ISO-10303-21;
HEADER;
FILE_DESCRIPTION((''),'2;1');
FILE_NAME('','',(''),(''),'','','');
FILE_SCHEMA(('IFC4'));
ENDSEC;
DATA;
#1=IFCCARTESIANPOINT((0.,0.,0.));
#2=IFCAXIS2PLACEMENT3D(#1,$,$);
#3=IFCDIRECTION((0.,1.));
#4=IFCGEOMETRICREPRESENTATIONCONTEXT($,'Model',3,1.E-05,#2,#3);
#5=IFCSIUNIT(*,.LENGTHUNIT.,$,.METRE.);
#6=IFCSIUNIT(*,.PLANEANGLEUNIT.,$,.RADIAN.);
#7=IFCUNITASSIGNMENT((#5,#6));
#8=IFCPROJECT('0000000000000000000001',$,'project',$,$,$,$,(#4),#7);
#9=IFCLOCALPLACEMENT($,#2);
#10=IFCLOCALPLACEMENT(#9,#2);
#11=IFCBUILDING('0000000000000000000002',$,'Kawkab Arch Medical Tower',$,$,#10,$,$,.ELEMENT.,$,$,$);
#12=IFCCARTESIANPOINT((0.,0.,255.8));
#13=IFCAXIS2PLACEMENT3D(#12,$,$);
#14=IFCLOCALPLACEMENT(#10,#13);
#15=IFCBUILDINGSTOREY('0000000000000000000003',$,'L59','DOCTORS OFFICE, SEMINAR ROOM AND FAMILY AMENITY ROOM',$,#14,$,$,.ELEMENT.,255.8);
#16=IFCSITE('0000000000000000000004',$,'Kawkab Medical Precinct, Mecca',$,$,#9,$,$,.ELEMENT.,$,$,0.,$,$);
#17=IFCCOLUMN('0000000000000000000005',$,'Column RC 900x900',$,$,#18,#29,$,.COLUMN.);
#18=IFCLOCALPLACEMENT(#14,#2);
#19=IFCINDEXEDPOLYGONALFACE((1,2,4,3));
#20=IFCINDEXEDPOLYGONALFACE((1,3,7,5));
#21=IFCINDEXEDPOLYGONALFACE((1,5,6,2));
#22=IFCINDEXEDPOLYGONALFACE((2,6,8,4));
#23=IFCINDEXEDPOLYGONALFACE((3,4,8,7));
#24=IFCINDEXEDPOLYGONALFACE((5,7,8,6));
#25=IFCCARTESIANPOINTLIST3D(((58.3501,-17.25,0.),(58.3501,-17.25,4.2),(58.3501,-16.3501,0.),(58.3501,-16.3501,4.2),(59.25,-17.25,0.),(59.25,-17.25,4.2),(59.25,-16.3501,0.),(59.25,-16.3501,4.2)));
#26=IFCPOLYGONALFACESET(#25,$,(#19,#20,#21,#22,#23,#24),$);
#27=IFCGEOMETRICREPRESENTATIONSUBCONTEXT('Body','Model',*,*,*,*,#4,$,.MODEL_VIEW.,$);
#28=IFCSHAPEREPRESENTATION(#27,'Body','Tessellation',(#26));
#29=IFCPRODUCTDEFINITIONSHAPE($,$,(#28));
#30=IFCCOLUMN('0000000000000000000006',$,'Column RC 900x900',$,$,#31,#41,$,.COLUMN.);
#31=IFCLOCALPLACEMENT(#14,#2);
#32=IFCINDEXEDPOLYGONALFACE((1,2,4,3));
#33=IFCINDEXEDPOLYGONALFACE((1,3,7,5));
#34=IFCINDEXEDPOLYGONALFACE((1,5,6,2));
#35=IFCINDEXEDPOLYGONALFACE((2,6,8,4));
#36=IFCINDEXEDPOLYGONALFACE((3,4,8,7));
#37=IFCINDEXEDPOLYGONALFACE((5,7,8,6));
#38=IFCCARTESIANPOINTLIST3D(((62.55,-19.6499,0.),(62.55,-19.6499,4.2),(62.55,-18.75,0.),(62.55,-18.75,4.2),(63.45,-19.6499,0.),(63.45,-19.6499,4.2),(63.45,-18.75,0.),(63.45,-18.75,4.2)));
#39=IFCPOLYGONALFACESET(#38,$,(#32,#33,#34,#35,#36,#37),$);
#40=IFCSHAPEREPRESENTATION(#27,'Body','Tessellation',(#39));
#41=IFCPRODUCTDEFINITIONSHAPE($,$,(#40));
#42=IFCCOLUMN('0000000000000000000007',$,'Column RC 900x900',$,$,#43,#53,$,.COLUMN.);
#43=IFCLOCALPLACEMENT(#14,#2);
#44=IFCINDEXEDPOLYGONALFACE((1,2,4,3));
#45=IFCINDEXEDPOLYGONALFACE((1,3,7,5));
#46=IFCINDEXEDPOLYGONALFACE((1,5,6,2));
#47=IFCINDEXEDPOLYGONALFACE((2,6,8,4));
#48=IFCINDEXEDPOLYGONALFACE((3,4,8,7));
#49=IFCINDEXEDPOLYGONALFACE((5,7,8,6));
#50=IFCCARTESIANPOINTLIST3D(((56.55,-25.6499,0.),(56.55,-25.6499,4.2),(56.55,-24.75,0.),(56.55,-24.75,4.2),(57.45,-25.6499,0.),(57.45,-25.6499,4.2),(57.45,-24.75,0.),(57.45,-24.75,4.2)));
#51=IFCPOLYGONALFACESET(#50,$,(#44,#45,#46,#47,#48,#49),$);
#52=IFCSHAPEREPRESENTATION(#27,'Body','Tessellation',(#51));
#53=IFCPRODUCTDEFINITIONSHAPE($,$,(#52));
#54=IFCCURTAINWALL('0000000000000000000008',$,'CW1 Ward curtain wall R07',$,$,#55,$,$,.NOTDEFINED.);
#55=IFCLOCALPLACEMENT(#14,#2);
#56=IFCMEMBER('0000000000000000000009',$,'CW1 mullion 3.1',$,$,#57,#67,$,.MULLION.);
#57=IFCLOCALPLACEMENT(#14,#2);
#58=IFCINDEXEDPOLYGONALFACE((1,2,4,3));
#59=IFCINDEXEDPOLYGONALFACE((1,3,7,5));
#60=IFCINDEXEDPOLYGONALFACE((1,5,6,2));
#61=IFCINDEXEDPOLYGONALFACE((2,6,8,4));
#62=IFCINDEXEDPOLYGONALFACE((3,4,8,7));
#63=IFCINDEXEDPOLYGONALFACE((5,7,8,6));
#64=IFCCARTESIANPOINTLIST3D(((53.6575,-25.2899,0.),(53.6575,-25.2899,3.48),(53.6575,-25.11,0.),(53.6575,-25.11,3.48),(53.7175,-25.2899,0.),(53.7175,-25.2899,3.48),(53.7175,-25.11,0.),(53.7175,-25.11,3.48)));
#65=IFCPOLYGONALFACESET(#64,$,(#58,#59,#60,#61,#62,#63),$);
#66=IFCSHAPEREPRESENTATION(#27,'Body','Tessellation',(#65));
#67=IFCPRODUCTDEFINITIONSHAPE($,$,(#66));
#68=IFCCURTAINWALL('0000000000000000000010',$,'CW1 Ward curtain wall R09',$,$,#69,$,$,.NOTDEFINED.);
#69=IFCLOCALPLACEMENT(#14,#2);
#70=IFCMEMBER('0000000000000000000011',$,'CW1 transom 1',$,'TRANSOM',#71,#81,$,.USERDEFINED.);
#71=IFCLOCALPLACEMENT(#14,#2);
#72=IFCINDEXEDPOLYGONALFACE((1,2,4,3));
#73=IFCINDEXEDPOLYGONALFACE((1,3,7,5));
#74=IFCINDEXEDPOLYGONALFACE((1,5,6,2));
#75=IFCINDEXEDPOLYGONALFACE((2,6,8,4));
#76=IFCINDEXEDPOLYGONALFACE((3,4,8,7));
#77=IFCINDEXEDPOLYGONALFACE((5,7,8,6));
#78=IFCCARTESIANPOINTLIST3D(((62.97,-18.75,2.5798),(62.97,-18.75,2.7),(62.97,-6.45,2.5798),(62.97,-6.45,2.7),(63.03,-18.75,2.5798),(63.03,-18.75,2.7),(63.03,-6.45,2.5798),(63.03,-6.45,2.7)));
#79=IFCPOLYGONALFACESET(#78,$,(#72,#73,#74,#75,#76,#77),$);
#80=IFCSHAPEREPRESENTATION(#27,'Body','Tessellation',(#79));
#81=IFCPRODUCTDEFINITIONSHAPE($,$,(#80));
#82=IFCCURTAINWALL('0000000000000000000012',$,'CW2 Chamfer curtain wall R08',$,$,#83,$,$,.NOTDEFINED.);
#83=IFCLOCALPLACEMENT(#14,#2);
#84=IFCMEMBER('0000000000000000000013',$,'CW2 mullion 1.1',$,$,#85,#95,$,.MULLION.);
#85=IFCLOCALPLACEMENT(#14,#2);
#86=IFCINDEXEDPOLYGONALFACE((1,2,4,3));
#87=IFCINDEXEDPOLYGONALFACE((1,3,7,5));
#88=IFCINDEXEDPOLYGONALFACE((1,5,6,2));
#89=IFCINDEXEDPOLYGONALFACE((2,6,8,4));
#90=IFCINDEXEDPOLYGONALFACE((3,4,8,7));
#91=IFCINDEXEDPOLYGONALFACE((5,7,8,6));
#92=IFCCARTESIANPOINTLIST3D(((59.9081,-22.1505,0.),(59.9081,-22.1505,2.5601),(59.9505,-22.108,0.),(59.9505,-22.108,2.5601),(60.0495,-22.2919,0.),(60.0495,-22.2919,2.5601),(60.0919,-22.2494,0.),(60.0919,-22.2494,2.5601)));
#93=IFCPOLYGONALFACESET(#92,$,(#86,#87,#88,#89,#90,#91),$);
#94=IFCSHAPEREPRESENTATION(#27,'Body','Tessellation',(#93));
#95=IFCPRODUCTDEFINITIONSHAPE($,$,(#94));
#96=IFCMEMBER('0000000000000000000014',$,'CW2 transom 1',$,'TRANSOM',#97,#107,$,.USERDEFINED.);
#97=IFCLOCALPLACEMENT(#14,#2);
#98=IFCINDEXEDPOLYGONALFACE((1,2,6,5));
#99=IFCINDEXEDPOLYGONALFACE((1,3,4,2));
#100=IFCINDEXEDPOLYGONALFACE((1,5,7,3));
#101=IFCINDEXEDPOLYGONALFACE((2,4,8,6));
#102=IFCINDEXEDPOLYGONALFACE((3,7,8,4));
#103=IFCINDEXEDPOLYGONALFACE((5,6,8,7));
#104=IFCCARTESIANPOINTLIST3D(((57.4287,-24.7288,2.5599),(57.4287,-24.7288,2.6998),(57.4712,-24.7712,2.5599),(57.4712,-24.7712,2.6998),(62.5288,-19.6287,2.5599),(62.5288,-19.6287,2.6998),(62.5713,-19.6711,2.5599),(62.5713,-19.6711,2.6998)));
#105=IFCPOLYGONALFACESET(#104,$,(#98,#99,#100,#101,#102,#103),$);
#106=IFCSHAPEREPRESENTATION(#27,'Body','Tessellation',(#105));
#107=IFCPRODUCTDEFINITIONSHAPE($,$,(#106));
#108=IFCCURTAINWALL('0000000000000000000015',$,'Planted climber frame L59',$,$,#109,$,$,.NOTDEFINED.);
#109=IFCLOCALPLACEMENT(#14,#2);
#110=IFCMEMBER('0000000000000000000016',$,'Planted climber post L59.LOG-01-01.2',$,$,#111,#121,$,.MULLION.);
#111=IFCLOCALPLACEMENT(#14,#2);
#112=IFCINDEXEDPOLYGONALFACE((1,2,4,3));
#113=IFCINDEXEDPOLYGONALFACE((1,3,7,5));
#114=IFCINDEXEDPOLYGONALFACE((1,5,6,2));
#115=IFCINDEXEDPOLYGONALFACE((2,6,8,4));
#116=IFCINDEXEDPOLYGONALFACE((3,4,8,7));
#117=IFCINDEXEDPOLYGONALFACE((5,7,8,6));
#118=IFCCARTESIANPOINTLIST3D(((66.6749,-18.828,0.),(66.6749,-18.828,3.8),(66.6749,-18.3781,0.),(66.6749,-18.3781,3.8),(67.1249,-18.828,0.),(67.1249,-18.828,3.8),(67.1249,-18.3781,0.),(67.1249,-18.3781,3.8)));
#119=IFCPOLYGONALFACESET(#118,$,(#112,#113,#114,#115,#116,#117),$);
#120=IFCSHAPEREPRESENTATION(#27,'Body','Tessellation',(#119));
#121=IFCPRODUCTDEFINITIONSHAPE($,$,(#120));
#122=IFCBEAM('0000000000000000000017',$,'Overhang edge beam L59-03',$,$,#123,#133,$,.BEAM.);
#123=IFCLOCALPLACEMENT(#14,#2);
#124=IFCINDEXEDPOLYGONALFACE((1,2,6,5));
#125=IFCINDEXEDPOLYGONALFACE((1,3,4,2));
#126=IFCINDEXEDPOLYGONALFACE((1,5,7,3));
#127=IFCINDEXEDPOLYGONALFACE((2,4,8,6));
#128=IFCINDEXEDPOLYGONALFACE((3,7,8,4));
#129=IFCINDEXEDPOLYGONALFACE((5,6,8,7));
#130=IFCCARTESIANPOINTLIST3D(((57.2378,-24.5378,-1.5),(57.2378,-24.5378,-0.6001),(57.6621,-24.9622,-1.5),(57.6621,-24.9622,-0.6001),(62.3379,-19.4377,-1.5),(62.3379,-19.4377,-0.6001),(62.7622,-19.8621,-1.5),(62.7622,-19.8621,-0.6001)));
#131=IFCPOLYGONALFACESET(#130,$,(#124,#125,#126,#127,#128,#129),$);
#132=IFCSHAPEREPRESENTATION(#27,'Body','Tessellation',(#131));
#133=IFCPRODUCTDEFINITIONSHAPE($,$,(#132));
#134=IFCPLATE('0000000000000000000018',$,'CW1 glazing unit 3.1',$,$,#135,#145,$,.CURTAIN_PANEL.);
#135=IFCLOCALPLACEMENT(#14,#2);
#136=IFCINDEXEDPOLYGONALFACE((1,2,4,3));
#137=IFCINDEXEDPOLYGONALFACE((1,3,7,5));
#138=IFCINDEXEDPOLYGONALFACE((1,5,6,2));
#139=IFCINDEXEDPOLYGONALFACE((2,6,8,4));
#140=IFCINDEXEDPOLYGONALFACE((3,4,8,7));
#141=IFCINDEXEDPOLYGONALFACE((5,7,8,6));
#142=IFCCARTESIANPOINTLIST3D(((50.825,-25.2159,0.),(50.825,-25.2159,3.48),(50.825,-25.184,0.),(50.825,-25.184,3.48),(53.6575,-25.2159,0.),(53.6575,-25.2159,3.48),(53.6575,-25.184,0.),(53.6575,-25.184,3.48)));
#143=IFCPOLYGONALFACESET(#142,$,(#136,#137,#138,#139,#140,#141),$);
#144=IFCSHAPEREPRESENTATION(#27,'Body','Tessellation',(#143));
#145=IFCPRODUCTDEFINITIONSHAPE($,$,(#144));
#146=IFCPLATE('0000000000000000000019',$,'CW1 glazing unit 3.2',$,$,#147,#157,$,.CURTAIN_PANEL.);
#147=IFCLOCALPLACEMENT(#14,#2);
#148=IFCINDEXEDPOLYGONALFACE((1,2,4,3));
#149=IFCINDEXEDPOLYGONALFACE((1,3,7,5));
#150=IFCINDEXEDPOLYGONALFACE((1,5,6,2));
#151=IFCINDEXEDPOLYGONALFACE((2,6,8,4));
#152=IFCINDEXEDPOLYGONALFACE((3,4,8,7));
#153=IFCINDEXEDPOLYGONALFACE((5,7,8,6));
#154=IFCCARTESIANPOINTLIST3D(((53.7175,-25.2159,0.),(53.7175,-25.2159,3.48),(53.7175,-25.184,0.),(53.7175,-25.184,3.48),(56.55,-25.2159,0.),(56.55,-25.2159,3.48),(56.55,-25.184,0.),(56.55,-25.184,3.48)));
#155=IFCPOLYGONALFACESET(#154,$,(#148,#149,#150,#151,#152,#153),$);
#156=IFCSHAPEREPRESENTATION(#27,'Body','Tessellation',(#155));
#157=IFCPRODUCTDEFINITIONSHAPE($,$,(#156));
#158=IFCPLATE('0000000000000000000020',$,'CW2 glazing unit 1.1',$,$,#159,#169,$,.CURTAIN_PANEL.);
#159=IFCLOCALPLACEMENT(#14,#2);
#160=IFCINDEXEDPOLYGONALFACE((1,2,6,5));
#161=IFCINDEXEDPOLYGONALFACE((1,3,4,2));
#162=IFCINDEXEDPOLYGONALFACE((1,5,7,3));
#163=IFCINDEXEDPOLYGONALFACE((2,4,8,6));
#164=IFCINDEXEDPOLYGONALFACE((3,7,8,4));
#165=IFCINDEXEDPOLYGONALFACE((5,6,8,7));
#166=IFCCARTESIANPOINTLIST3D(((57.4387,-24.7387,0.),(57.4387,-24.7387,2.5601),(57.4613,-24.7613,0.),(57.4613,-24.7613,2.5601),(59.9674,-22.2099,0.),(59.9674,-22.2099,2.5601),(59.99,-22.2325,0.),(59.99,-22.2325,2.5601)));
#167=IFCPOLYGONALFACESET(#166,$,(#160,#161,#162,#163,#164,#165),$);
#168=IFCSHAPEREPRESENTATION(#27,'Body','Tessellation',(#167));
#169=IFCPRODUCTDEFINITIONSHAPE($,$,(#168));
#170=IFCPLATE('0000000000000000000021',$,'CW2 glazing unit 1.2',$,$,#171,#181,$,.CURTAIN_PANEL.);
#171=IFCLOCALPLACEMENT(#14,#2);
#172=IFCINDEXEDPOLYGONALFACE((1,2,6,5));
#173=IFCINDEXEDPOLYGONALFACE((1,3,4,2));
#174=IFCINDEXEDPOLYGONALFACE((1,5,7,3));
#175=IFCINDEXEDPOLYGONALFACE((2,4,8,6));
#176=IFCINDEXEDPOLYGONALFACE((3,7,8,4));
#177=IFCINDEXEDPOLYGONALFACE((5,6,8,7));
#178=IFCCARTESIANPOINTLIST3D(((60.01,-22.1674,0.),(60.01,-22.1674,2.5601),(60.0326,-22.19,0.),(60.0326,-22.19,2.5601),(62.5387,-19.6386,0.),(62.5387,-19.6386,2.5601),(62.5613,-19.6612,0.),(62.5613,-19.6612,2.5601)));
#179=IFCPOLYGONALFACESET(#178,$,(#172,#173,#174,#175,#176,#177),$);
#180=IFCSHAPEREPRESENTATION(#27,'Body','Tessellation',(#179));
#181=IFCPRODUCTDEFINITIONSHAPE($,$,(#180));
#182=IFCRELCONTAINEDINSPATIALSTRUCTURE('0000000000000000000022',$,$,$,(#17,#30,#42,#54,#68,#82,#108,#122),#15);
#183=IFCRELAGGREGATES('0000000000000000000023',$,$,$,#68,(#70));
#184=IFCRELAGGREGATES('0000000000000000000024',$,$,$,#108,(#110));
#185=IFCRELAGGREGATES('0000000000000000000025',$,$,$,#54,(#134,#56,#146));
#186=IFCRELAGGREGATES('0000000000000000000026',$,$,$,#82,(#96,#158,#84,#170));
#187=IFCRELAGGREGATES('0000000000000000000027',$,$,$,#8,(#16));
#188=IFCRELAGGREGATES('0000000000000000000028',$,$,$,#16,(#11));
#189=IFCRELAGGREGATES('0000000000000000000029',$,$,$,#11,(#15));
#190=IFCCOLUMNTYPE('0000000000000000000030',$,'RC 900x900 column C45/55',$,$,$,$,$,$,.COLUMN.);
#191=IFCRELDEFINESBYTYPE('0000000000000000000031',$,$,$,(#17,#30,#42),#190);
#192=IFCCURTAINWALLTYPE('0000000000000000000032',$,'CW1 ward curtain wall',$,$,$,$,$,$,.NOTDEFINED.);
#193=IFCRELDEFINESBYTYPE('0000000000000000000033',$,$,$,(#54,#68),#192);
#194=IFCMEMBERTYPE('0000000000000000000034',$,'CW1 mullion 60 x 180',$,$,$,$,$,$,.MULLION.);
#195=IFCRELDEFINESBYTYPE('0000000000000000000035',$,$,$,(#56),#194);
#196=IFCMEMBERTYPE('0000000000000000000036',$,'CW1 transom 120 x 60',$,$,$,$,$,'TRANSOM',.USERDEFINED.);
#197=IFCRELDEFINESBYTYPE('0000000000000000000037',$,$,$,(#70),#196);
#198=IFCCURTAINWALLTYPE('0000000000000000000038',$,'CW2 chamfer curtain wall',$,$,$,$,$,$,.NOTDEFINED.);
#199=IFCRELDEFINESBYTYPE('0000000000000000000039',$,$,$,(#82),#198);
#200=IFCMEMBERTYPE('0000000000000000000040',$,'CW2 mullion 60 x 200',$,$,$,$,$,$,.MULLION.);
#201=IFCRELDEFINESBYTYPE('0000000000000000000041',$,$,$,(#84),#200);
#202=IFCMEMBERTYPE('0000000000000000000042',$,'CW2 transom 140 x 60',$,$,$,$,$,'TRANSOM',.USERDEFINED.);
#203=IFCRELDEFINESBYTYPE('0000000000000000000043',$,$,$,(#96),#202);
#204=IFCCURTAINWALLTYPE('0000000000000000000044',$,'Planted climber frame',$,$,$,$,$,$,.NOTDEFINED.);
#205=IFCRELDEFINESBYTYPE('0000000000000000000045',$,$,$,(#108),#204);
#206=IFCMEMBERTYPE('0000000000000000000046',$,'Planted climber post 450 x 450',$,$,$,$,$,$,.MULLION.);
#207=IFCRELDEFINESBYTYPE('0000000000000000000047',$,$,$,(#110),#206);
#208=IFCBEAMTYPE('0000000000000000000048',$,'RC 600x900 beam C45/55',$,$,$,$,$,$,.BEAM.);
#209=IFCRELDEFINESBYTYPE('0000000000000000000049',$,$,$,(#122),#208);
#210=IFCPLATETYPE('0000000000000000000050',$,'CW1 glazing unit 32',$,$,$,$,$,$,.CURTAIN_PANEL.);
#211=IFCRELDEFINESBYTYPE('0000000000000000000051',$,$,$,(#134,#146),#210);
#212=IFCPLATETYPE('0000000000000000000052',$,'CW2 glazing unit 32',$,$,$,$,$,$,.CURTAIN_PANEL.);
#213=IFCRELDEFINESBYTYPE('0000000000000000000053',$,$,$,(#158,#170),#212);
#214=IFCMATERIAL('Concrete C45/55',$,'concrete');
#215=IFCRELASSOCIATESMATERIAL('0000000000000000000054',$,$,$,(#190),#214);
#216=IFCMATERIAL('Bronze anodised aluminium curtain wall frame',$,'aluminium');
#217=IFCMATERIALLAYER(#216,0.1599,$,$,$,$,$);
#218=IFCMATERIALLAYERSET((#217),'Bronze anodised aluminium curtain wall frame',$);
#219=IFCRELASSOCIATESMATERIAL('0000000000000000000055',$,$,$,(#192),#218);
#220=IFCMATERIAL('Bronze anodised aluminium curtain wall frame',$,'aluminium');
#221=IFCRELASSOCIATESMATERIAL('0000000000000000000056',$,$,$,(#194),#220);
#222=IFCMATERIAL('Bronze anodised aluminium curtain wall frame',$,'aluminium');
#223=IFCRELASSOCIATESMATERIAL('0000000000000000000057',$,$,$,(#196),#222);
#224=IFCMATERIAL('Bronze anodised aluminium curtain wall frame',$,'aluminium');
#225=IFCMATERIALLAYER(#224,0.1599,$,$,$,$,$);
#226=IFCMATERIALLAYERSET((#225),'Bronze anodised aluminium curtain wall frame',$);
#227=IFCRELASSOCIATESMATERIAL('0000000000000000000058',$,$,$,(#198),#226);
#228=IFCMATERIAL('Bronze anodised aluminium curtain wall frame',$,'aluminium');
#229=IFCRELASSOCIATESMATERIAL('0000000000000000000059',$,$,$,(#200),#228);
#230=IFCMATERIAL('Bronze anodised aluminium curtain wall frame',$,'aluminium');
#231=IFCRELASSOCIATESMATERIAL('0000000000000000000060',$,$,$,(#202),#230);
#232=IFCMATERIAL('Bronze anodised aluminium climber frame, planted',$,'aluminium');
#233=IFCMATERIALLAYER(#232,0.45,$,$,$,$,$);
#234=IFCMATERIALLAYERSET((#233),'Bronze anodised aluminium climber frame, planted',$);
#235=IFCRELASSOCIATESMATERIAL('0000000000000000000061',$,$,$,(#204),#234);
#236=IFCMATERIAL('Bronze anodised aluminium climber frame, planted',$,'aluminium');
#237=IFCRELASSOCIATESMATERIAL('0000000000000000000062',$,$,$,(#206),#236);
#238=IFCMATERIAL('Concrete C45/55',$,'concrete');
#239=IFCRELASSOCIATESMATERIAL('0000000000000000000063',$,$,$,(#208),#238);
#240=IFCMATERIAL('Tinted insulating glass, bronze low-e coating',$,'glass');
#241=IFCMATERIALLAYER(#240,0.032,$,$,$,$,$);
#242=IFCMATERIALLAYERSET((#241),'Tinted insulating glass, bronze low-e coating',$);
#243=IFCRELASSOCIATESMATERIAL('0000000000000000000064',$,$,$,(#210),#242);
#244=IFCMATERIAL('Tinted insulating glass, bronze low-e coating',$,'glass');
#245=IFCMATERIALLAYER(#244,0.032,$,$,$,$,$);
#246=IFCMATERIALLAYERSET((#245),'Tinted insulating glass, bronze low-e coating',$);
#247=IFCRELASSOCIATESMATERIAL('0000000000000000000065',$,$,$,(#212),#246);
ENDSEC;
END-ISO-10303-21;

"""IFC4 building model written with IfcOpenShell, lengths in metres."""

from ifc_helpers import new_model, si_unit, direction, frame, origin, origin_2d, place, context, subcontext, project, spatial, rectangle, extrude, material, layer, layer_set, material_profile, profile_set, type_object, element, aggregate, save


model = new_model("IFC4")

# Units and contexts
model_context = context("Model", 3, precision=1e-05, world=origin(), true_north=direction((0.0, 1.0)))
body_context = subcontext(model_context, "Body", "Model", "MODEL_VIEW")
ifc_project = project(units=[si_unit("LENGTHUNIT", "METRE"), si_unit("PLANEANGLEUNIT", "RADIAN")], contexts=[model_context])

# Site, building, storey
site_placement = place(None, origin())
site = spatial("IfcSite", under=ifc_project, at=site_placement, Name="Kawkab Medical Precinct, Mecca", CompositionType="ELEMENT", RefElevation=0.0)
building_placement = place(site_placement, origin())
building = spatial("IfcBuilding", under=site, at=building_placement, Name="Kawkab Arch Medical Tower", CompositionType="ELEMENT")
storey_placement = place(building_placement, frame((0.0, 0.0, 255.8)))
storey = spatial("IfcBuildingStorey", under=building, at=storey_placement, Name="L59", Description="DOCTORS OFFICE, SEMINAR ROOM AND FAMILY AMENITY ROOM", CompositionType="ELEMENT", Elevation=255.8)

# Columns
ifc_material_1 = material(Name="Concrete C45/55", Category="concrete")
ifc_material_profile_1 = material_profile(ifc_material_1, rectangle(XDim=0.8999, YDim=0.8999, at=origin_2d()), Name="RC 900x900")
ifc_profile_set_1 = profile_set([ifc_material_profile_1], Name="Concrete C45/55")
column_type = type_object("IfcColumnType", Name="RC 900x900 column C45/55", PredefinedType="COLUMN", material=ifc_profile_set_1)
for number, where, z_axis, x_axis, name in (
    (1, (58.8, -16.8, 0.0), (0.0, 0.0, 1.0), (1.0, 0.0, 0.0), "Column RC 900x900"),
    (2, (63.0, -19.2, 0.0), (0.0, 0.0, 1.0), (1.0, 0.0, 0.0), "Column RC 900x900"),
    (3, (57.0, -25.2, 0.0), (0.0, 0.0, 1.0), (1.0, 0.0, 0.0), "Column RC 900x900"),
):
    element("IfcColumn", number, at=place(storey_placement, frame(where, z_axis=z_axis, x_axis=x_axis)), inside=storey, type_object=column_type, Name=name, PredefinedType="COLUMN", context=body_context, shape_type="SweptSolid", body=[
        extrude(rectangle(XDim=0.8999, YDim=0.8999, at=origin_2d()), origin(), (0.0, 0.0, 1.0), 4.2),
    ])

# Curtain walls, members
ifc_material_2 = material(Name="Bronze anodised aluminium curtain wall frame", Category="aluminium")
ifc_layer_1 = layer(ifc_material_2, 0.1599)
ifc_layer_set_1 = layer_set([ifc_layer_1], Name="Bronze anodised aluminium curtain wall frame")
curtain_wall_type_1 = type_object("IfcCurtainWallType", Name="CW1 ward curtain wall", PredefinedType="NOTDEFINED", material=ifc_layer_set_1)
placement = place(storey_placement, origin())
curtain_wall_1 = element("IfcCurtainWall", 4, at=placement, inside=storey, type_object=curtain_wall_type_1, Name="CW1 Ward curtain wall R07", PredefinedType="NOTDEFINED")
ifc_material_3 = material(Name="Bronze anodised aluminium curtain wall frame", Category="aluminium")
ifc_material_profile_2 = material_profile(ifc_material_3, rectangle(XDim=0.1799, YDim=0.0601, at=origin_2d()), Name="AL 60x180")
ifc_profile_set_2 = profile_set([ifc_material_profile_2], Name="Bronze anodised aluminium curtain wall frame")
member_type_1 = type_object("IfcMemberType", Name="CW1 mullion 60 x 180", PredefinedType="MULLION", material=ifc_profile_set_2)
member_1_placement = place(storey_placement, frame((53.6875, -25.2, 0.0), z_axis=(0.0, 0.0, 1.0), x_axis=(0.0, 1.0, 0.0)))
member_1 = element("IfcMember", 5, at=member_1_placement, type_object=member_type_1, Name="CW1 mullion 3.1", PredefinedType="MULLION", context=body_context, shape_type="SweptSolid", body=[
    extrude(rectangle(XDim=0.1799, YDim=0.0601, at=origin_2d()), origin(), (0.0, 0.0, 1.0), 3.48),
])
curtain_wall_2 = element("IfcCurtainWall", 6, at=placement, inside=storey, type_object=curtain_wall_type_1, Name="CW1 Ward curtain wall R09", PredefinedType="NOTDEFINED")
ifc_material_4 = material(Name="Bronze anodised aluminium curtain wall frame", Category="aluminium")
ifc_material_profile_3 = material_profile(ifc_material_4, rectangle(XDim=0.0601, YDim=0.1201, at=origin_2d()), Name="AL 60x120")
ifc_profile_set_3 = profile_set([ifc_material_profile_3], Name="Bronze anodised aluminium curtain wall frame")
member_type_2 = type_object("IfcMemberType", Name="CW1 transom 120 x 60", ElementType="TRANSOM", PredefinedType="USERDEFINED", material=ifc_profile_set_3)
member_2_placement = place(storey_placement, frame((63.0, -18.75, 2.6399), z_axis=(0.0, 1.0, 0.0), x_axis=(-1.0, 0.0, 0.0)))
member_2 = element("IfcMember", 7, at=member_2_placement, type_object=member_type_2, Name="CW1 transom 1", ObjectType="TRANSOM", PredefinedType="USERDEFINED", context=body_context, shape_type="SweptSolid", body=[
    extrude(rectangle(XDim=0.0601, YDim=0.1201, at=origin_2d()), origin(), (0.0, 0.0, 1.0), 12.3),
])
aggregate(curtain_wall_2, [member_2])

# Curtain wall, members
ifc_material_5 = material(Name="Bronze anodised aluminium curtain wall frame", Category="aluminium")
ifc_layer_2 = layer(ifc_material_5, 0.1599)
ifc_layer_set_2 = layer_set([ifc_layer_2], Name="Bronze anodised aluminium curtain wall frame")
curtain_wall_type_2 = type_object("IfcCurtainWallType", Name="CW2 chamfer curtain wall", PredefinedType="NOTDEFINED", material=ifc_layer_set_2)
curtain_wall_3 = element("IfcCurtainWall", 8, at=placement, inside=storey, type_object=curtain_wall_type_2, Name="CW2 Chamfer curtain wall R08", PredefinedType="NOTDEFINED")
ifc_material_6 = material(Name="Bronze anodised aluminium curtain wall frame", Category="aluminium")
ifc_material_profile_4 = material_profile(ifc_material_6, rectangle(XDim=0.2, YDim=0.0601, at=origin_2d()), Name="AL 60x200")
ifc_profile_set_4 = profile_set([ifc_material_profile_4], Name="Bronze anodised aluminium curtain wall frame")
member_type_3 = type_object("IfcMemberType", Name="CW2 mullion 60 x 200", PredefinedType="MULLION", material=ifc_profile_set_4)
member_3_placement = place(storey_placement, frame((60.0, -22.2, 0.0), z_axis=(0.0, 0.0, 1.0), x_axis=(-0.707107, 0.707107, 0.0)))
member_3 = element("IfcMember", 9, at=member_3_placement, type_object=member_type_3, Name="CW2 mullion 1.1", PredefinedType="MULLION", context=body_context, shape_type="SweptSolid", body=[
    extrude(rectangle(XDim=0.2, YDim=0.0601, at=origin_2d()), origin(), (0.0, 0.0, 1.0), 2.5601),
])
ifc_material_7 = material(Name="Bronze anodised aluminium curtain wall frame", Category="aluminium")
ifc_material_profile_5 = material_profile(ifc_material_7, rectangle(XDim=0.0601, YDim=0.1399, at=origin_2d()), Name="AL 60x140")
ifc_profile_set_5 = profile_set([ifc_material_profile_5], Name="Bronze anodised aluminium curtain wall frame")
member_type_4 = type_object("IfcMemberType", Name="CW2 transom 140 x 60", ElementType="TRANSOM", PredefinedType="USERDEFINED", material=ifc_profile_set_5)
member_4_placement = place(storey_placement, frame((57.45, -24.75, 2.6299), z_axis=(0.707107, 0.707107, 0.0), x_axis=(-0.707107, 0.707107, 0.0)))
member_4 = element("IfcMember", 10, at=member_4_placement, type_object=member_type_4, Name="CW2 transom 1", ObjectType="TRANSOM", PredefinedType="USERDEFINED", context=body_context, shape_type="SweptSolid", body=[
    extrude(rectangle(XDim=0.0601, YDim=0.1399, at=origin_2d()), origin(), (0.0, 0.0, 1.0), 7.2126),
])

# Curtain wall, member
ifc_material_8 = material(Name="Bronze anodised aluminium climber frame, planted", Category="aluminium")
ifc_layer_3 = layer(ifc_material_8, 0.45)
ifc_layer_set_3 = layer_set([ifc_layer_3], Name="Bronze anodised aluminium climber frame, planted")
curtain_wall_type_3 = type_object("IfcCurtainWallType", Name="Planted climber frame", PredefinedType="NOTDEFINED", material=ifc_layer_set_3)
curtain_wall_4 = element("IfcCurtainWall", 11, at=placement, inside=storey, type_object=curtain_wall_type_3, Name="Planted climber frame L59", PredefinedType="NOTDEFINED")
ifc_material_9 = material(Name="Bronze anodised aluminium climber frame, planted", Category="aluminium")
ifc_material_profile_6 = material_profile(ifc_material_9, rectangle(XDim=0.45, YDim=0.45, at=origin_2d()), Name="Post 450x450")
ifc_profile_set_6 = profile_set([ifc_material_profile_6], Name="Bronze anodised aluminium climber frame, planted")
member_type_5 = type_object("IfcMemberType", Name="Planted climber post 450 x 450", PredefinedType="MULLION", material=ifc_profile_set_6)
member_5_placement = place(storey_placement, frame((66.8999, -18.603, 0.0), z_axis=(0.0, 0.0, 1.0), x_axis=(1.0, 0.0, 0.0)))
member_5 = element("IfcMember", 12, at=member_5_placement, type_object=member_type_5, Name="Planted climber post L59.LOG-01-01.2", PredefinedType="MULLION", context=body_context, shape_type="SweptSolid", body=[
    extrude(rectangle(XDim=0.45, YDim=0.45, at=origin_2d()), origin(), (0.0, 0.0, 1.0), 3.8),
])
aggregate(curtain_wall_4, [member_5])

# Beam
ifc_material_10 = material(Name="Concrete C45/55", Category="concrete")
ifc_material_profile_7 = material_profile(ifc_material_10, rectangle(XDim=0.6001, YDim=0.8999, at=origin_2d()), Name="RC 600x900")
ifc_profile_set_7 = profile_set([ifc_material_profile_7], Name="Concrete C45/55")
beam_type = type_object("IfcBeamType", Name="RC 600x900 beam C45/55", PredefinedType="BEAM", material=ifc_profile_set_7)
beam_placement = place(storey_placement, frame((62.55, -19.6499, -1.05), z_axis=(-0.707107, -0.707107, 0.0), x_axis=(0.707107, -0.707107, 0.0)))
element("IfcBeam", 13, at=beam_placement, inside=storey, type_object=beam_type, Name="Overhang edge beam L59-03", PredefinedType="BEAM", context=body_context, shape_type="SweptSolid", body=[
    extrude(rectangle(XDim=0.6001, YDim=0.8999, at=origin_2d()), origin(), (0.0, 0.0, 1.0), 7.2126),
])

# Plates
ifc_material_11 = material(Name="Tinted insulating glass, bronze low-e coating", Category="glass")
ifc_layer_4 = layer(ifc_material_11, 0.032)
ifc_layer_set_4 = layer_set([ifc_layer_4], Name="Tinted insulating glass, bronze low-e coating")
plate_type_1 = type_object("IfcPlateType", Name="CW1 glazing unit 32", PredefinedType="CURTAIN_PANEL", material=ifc_layer_set_4)
plate_1_placement = place(storey_placement, frame((52.2412, -25.2, 0.0), z_axis=(0.0, 0.0, 1.0), x_axis=(1.0, 0.0, 0.0)))
plate_1 = element("IfcPlate", 14, at=plate_1_placement, type_object=plate_type_1, Name="CW1 glazing unit 3.1", PredefinedType="CURTAIN_PANEL", context=body_context, shape_type="SweptSolid", body=[
    extrude(rectangle(XDim=2.8325, YDim=0.032, at=origin_2d()), origin(), (0.0, 0.0, 1.0), 3.48),
])
plate_2_placement = place(storey_placement, frame((55.1338, -25.2, 0.0), z_axis=(0.0, 0.0, 1.0), x_axis=(1.0, 0.0, 0.0)))
plate_2 = element("IfcPlate", 15, at=plate_2_placement, type_object=plate_type_1, Name="CW1 glazing unit 3.2", PredefinedType="CURTAIN_PANEL", context=body_context, shape_type="SweptSolid", body=[
    extrude(rectangle(XDim=2.8325, YDim=0.032, at=origin_2d()), origin(), (0.0, 0.0, 1.0), 3.48),
])
aggregate(curtain_wall_1, [plate_1, member_1, plate_2])
ifc_material_12 = material(Name="Tinted insulating glass, bronze low-e coating", Category="glass")
ifc_layer_5 = layer(ifc_material_12, 0.032)
ifc_layer_set_5 = layer_set([ifc_layer_5], Name="Tinted insulating glass, bronze low-e coating")
plate_type_2 = type_object("IfcPlateType", Name="CW2 glazing unit 32", PredefinedType="CURTAIN_PANEL", material=ifc_layer_set_5)
plate_3_placement = place(storey_placement, frame((58.7144, -23.4856, 0.0), z_axis=(0.0, 0.0, 1.0), x_axis=(0.707107, 0.707107, 0.0)))
plate_3 = element("IfcPlate", 16, at=plate_3_placement, type_object=plate_type_2, Name="CW2 glazing unit 1.1", PredefinedType="CURTAIN_PANEL", context=body_context, shape_type="SweptSolid", body=[
    extrude(rectangle(XDim=3.5762, YDim=0.032, at=origin_2d()), origin(), (0.0, 0.0, 1.0), 2.5601),
])
plate_4_placement = place(storey_placement, frame((61.2856, -20.9143, 0.0), z_axis=(0.0, 0.0, 1.0), x_axis=(0.707107, 0.707107, 0.0)))
plate_4 = element("IfcPlate", 17, at=plate_4_placement, type_object=plate_type_2, Name="CW2 glazing unit 1.2", PredefinedType="CURTAIN_PANEL", context=body_context, shape_type="SweptSolid", body=[
    extrude(rectangle(XDim=3.5762, YDim=0.032, at=origin_2d()), origin(), (0.0, 0.0, 1.0), 2.5601),
])
aggregate(curtain_wall_3, [member_4, plate_3, member_3, plate_4])

save(model, "model.ifc")
